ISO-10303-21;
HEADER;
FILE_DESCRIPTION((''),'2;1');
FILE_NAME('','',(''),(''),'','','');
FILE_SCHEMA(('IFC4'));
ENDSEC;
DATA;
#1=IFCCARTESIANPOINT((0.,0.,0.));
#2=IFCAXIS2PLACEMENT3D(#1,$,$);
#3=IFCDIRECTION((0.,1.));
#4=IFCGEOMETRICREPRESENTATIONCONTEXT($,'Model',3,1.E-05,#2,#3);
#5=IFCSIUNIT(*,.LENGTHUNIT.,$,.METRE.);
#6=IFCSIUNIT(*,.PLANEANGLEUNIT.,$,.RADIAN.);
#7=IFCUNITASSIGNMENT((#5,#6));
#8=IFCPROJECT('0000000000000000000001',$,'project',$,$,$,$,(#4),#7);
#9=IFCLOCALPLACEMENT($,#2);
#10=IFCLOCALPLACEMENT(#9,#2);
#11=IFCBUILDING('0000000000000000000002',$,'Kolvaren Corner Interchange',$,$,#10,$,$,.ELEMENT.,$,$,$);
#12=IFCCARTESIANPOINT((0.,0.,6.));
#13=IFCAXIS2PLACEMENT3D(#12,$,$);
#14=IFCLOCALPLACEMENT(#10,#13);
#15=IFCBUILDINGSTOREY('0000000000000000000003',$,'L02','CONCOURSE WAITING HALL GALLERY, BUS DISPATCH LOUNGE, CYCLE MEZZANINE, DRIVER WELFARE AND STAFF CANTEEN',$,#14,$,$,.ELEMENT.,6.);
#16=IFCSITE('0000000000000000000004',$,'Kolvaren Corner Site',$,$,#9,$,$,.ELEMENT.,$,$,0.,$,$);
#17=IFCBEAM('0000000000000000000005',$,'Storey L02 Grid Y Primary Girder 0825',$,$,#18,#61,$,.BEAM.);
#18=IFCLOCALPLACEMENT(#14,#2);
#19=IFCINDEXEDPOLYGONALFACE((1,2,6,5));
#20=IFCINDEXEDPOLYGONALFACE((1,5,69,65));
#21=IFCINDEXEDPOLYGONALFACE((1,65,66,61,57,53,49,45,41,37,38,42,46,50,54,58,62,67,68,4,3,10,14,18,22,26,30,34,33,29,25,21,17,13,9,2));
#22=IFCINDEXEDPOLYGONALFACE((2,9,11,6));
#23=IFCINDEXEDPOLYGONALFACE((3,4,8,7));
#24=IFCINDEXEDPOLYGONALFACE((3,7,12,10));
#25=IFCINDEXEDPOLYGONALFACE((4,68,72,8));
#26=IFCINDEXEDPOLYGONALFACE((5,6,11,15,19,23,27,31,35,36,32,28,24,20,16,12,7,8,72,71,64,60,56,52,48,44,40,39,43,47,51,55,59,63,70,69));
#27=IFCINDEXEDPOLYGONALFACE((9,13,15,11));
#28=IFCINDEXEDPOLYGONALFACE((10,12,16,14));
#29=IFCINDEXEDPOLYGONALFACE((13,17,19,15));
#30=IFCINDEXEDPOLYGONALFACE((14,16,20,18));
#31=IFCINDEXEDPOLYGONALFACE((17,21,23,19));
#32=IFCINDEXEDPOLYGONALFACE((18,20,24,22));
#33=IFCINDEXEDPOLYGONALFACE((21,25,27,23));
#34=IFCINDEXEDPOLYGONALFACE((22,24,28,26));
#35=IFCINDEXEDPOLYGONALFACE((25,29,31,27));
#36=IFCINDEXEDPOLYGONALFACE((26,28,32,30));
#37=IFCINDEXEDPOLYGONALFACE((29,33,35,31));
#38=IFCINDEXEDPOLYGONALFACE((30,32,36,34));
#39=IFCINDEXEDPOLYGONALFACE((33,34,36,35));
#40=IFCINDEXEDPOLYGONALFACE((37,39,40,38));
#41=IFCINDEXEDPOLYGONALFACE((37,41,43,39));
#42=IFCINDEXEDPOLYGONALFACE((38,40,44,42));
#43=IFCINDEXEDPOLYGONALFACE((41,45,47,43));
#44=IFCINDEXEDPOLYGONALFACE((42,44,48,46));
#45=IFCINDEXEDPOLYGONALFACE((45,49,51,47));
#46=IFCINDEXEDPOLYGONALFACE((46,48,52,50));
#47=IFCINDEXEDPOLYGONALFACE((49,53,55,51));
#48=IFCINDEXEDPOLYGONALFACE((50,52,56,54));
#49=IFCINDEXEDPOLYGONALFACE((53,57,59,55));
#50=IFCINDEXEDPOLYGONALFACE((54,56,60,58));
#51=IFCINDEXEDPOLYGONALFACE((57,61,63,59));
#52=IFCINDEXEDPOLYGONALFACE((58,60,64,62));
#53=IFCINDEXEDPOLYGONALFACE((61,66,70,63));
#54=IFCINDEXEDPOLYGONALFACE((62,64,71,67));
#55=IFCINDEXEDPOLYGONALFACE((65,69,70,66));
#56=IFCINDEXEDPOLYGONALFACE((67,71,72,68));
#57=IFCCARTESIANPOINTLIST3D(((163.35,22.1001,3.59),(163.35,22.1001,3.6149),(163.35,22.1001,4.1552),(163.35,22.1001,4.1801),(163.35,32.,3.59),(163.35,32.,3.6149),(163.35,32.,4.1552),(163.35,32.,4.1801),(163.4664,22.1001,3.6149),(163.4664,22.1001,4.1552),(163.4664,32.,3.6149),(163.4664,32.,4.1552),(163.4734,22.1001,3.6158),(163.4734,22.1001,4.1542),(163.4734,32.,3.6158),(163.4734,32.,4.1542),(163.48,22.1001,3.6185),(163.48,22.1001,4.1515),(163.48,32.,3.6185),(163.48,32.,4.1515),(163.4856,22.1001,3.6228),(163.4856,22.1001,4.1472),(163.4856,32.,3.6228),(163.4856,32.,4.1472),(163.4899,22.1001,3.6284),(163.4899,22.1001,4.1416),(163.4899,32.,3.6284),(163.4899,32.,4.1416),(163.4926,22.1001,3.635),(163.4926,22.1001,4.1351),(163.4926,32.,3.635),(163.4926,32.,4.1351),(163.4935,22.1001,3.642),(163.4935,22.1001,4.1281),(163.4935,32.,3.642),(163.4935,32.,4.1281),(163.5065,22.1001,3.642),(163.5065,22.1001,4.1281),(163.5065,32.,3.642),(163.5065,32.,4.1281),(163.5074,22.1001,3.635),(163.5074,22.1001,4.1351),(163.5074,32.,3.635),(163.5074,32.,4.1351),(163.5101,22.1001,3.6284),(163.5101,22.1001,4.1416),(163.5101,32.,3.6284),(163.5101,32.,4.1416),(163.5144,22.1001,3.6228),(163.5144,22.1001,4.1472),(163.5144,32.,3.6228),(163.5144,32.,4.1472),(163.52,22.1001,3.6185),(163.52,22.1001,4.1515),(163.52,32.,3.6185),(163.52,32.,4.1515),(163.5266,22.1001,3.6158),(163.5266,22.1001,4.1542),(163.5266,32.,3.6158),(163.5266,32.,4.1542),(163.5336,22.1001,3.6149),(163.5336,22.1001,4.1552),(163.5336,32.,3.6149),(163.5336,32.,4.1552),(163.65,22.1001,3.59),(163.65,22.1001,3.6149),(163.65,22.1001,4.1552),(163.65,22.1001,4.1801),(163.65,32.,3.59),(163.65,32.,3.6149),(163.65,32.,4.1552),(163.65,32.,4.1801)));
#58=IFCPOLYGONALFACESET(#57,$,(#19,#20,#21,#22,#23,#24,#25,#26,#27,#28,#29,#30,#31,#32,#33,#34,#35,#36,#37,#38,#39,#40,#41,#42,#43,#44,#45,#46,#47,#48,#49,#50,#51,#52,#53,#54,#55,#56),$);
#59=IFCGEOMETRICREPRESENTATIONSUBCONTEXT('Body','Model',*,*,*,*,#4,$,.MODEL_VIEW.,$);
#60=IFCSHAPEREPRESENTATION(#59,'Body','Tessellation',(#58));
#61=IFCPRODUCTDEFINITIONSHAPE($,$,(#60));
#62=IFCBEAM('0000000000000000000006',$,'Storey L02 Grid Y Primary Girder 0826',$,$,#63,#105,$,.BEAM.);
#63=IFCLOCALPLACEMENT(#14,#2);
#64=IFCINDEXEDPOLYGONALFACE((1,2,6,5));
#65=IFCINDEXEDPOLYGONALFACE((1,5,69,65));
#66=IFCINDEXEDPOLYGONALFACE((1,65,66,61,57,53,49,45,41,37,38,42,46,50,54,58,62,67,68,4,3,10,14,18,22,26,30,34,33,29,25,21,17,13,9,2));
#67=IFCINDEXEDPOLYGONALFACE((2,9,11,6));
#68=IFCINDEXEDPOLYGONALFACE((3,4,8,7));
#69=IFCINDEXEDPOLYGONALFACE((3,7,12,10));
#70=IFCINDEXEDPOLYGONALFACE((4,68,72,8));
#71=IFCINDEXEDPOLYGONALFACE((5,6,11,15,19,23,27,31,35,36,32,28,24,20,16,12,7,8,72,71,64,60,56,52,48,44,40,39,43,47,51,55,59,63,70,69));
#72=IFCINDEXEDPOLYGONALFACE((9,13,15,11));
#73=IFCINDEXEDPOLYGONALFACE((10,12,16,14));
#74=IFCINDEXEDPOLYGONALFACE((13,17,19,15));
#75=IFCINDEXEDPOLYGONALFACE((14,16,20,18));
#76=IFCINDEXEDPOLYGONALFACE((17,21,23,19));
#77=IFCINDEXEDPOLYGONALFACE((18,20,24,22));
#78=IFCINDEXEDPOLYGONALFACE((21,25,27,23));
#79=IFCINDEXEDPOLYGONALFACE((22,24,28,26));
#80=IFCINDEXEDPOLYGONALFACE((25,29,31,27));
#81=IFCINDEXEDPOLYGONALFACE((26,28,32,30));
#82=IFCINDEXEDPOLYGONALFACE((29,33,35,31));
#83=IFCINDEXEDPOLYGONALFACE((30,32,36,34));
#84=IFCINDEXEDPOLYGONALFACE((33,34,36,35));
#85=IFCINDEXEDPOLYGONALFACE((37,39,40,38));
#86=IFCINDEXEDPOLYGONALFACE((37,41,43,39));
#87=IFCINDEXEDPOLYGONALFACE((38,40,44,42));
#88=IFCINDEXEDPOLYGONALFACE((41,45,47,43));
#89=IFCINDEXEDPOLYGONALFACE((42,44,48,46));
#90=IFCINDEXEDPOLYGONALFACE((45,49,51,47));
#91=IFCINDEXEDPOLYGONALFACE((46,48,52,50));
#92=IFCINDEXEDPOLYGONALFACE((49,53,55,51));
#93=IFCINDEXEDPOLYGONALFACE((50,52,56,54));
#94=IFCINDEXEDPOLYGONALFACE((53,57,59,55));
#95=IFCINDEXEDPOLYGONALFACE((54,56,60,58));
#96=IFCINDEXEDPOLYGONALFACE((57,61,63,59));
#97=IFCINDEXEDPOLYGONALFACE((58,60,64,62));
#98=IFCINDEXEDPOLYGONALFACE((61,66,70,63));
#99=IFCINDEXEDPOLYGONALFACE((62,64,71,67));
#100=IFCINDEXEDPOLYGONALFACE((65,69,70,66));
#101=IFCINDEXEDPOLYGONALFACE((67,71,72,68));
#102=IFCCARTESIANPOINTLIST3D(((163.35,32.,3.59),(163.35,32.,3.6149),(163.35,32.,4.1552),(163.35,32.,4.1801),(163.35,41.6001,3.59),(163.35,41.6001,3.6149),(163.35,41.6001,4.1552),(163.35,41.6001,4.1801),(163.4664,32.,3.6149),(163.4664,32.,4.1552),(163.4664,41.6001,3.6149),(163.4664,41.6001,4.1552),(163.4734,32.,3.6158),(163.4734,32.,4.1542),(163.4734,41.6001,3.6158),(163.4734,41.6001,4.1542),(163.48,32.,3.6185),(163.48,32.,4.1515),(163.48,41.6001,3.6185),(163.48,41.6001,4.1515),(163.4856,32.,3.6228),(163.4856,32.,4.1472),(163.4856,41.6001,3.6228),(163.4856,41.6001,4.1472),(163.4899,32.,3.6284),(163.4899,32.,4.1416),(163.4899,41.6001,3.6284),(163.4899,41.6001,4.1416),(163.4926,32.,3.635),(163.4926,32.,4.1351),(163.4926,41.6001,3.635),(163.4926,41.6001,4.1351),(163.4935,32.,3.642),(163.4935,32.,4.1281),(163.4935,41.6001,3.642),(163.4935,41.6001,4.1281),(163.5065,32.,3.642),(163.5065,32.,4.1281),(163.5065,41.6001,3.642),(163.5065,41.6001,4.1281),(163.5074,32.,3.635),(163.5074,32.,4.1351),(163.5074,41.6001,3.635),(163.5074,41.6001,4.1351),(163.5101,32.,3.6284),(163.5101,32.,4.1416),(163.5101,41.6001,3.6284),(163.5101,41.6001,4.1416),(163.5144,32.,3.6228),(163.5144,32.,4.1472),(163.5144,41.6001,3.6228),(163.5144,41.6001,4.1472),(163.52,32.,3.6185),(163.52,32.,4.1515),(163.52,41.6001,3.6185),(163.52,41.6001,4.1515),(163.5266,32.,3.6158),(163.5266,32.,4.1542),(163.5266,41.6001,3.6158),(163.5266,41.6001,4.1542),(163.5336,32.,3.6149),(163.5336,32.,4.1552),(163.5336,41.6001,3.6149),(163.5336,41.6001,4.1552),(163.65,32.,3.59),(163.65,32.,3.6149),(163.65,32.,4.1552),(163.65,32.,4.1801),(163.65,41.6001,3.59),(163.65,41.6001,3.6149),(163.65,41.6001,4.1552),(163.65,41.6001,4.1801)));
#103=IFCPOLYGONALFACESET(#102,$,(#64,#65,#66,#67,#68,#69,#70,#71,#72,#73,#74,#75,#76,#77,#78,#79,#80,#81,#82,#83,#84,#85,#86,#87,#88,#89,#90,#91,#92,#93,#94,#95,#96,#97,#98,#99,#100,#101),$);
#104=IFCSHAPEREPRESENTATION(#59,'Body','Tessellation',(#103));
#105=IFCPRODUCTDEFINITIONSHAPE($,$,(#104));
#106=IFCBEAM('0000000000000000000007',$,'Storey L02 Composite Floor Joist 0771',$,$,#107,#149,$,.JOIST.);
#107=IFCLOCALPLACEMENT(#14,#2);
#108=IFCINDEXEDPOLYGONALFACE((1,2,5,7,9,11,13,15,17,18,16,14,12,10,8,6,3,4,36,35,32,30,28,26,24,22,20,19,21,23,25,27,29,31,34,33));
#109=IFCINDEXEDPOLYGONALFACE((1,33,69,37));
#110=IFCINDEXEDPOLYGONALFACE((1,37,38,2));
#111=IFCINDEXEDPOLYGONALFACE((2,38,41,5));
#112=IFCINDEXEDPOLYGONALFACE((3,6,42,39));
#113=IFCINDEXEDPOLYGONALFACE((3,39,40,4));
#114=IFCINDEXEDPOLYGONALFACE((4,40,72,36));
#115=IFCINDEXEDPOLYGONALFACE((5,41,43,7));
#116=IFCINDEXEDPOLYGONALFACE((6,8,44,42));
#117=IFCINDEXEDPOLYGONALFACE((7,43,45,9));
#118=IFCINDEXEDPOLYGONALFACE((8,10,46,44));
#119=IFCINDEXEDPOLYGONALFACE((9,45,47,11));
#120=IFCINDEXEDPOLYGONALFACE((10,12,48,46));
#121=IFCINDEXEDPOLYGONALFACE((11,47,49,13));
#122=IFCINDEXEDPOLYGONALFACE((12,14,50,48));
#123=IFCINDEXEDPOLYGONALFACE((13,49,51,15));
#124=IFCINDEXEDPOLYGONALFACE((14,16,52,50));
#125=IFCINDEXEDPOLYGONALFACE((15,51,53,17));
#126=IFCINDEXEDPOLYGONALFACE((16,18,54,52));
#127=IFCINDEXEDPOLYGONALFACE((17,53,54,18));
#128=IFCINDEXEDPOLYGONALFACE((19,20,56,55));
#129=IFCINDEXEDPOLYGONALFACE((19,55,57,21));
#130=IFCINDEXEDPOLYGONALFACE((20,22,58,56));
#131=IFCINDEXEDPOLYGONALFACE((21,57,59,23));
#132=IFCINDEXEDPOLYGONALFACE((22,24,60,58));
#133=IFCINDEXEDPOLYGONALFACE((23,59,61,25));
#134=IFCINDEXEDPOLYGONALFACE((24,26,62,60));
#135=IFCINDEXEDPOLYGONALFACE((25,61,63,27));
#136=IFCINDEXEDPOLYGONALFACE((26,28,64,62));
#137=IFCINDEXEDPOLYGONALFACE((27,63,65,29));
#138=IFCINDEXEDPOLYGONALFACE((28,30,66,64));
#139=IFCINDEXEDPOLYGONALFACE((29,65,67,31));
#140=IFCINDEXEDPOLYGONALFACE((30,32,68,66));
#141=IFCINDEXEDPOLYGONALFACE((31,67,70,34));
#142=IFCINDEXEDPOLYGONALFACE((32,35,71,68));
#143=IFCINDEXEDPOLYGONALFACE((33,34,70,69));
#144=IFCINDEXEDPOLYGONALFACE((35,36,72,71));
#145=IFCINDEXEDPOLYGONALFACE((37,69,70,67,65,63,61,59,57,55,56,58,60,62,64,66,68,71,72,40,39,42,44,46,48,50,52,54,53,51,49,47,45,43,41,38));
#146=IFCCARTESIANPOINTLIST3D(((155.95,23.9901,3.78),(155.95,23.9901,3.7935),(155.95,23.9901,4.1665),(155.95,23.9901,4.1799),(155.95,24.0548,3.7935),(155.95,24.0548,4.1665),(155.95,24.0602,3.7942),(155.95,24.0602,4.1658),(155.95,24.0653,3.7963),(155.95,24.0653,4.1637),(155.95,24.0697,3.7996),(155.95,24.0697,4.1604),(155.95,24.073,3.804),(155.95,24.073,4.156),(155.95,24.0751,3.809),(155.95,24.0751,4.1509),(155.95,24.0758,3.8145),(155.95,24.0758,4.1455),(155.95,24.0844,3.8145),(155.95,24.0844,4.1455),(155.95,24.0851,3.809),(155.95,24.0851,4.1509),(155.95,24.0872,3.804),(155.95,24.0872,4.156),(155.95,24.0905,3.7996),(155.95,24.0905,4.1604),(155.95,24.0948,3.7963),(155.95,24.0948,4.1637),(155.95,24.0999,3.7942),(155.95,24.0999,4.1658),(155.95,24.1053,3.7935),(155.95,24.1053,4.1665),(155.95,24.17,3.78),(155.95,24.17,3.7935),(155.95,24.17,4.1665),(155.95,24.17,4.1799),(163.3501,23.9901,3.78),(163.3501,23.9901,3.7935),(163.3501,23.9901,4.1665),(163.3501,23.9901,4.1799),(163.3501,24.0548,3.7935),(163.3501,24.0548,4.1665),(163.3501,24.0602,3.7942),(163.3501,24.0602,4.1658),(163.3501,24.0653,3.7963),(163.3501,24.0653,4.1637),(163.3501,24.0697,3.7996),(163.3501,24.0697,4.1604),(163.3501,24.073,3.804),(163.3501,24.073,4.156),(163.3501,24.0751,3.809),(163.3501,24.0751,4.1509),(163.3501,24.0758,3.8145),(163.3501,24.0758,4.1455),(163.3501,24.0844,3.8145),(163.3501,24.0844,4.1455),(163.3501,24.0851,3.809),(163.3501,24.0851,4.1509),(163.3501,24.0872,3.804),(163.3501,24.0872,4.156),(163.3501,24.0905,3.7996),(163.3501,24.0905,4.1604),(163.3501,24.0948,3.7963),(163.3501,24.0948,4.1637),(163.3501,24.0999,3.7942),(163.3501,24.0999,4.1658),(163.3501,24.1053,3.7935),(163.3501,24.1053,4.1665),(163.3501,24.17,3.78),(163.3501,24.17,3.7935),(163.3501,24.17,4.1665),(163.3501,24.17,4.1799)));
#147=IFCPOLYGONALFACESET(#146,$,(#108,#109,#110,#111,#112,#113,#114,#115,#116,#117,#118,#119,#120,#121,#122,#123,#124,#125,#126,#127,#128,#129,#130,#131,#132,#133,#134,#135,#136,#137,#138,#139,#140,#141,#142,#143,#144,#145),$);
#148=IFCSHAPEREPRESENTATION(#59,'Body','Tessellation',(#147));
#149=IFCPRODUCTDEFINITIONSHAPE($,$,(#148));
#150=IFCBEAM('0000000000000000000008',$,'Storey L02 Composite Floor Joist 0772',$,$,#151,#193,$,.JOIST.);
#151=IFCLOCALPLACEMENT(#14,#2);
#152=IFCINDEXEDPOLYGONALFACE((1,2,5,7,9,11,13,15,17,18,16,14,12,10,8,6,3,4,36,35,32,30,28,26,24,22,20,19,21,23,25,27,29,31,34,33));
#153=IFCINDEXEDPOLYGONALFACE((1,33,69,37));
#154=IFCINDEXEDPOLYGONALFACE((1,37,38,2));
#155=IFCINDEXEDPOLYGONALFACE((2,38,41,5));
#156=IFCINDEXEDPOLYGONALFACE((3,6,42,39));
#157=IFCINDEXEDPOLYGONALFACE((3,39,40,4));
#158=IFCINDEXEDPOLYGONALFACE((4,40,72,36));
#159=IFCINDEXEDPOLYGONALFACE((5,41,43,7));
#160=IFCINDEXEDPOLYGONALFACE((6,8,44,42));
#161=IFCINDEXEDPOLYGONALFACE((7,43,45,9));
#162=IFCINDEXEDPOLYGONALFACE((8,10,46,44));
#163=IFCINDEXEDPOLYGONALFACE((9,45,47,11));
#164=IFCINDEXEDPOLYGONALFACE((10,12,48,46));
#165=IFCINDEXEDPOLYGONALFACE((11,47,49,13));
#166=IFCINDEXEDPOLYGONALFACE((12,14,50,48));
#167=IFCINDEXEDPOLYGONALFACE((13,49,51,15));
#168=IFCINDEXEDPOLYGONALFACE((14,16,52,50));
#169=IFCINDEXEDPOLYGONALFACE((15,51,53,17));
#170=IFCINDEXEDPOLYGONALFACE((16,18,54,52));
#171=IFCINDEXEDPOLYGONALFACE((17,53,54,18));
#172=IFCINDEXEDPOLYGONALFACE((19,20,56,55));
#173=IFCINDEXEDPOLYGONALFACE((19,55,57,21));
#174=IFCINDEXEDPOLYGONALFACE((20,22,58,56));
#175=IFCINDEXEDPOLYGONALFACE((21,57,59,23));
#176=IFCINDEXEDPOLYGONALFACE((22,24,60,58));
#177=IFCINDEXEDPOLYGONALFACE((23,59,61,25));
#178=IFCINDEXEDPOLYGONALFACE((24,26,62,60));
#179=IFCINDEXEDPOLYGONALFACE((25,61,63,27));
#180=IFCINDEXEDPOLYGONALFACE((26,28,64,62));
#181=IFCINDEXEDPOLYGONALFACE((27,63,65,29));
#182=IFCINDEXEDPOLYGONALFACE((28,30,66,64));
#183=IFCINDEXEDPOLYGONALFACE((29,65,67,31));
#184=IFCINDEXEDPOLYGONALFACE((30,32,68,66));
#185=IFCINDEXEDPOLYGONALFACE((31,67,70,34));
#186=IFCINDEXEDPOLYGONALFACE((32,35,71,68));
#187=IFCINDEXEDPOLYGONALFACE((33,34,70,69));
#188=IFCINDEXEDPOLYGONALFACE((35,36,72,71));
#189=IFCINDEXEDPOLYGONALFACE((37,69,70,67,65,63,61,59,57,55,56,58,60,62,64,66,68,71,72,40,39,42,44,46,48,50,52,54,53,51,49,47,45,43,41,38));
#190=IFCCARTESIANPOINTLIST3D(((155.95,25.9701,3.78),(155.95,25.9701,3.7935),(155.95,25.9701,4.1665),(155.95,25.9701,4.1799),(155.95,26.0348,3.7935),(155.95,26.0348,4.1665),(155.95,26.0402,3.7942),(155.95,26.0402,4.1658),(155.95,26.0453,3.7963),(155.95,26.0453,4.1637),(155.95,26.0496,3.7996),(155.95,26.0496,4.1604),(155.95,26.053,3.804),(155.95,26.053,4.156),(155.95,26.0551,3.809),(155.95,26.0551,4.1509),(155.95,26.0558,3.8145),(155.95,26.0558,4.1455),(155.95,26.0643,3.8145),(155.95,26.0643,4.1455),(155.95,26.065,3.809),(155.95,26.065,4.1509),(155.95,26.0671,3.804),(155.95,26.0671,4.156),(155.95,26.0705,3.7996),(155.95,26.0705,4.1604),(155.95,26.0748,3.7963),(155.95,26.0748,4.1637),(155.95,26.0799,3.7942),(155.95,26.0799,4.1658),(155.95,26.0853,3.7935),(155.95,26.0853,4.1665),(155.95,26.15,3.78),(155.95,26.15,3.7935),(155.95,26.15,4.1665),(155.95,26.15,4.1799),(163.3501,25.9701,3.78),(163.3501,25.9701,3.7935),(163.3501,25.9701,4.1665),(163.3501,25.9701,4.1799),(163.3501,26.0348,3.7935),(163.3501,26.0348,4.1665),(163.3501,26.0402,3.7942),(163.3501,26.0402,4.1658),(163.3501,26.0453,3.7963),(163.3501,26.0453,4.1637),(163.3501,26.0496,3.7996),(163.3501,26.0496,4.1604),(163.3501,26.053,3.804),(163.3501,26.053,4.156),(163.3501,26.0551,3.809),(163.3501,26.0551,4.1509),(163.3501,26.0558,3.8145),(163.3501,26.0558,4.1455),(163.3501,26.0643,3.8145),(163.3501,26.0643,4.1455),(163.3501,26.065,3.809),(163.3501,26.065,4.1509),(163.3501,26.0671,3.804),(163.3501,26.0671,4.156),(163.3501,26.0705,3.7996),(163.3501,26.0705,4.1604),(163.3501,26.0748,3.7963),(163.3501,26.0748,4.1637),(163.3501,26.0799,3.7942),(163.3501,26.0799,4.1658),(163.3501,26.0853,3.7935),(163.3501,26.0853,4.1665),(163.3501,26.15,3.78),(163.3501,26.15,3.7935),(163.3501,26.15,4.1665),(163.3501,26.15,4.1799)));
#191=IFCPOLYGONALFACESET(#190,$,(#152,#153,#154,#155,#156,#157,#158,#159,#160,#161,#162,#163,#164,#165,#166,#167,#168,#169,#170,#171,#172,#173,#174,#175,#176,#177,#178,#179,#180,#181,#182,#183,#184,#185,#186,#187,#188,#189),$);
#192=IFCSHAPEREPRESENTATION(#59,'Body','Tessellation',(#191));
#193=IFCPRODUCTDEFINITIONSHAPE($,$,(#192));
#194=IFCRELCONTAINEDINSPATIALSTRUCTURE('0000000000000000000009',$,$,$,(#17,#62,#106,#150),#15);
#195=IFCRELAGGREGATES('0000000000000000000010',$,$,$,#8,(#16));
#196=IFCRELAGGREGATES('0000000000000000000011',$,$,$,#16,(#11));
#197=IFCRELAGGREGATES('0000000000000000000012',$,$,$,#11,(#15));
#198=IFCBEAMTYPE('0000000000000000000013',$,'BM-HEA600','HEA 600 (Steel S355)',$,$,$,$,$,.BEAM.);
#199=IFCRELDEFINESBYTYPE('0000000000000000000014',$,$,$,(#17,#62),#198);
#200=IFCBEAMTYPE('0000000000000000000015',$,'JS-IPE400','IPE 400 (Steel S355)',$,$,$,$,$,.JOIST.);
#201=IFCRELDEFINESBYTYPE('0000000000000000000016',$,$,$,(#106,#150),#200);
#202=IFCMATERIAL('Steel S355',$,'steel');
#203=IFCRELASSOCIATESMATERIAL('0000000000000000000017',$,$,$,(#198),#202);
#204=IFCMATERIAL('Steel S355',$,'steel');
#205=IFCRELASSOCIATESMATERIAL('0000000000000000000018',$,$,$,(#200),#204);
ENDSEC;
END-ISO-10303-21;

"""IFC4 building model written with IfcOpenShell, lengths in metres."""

from ifc_helpers import new_model, si_unit, direction, frame, origin, origin_2d, place, context, subcontext, project, spatial, i_section, extrude, material, material_profile, profile_set, type_object, element, save


model = new_model("IFC4")

# Units and contexts
model_context = context("Model", 3, precision=1e-05, world=origin(), true_north=direction((0.0, 1.0)))
body_context = subcontext(model_context, "Body", "Model", "MODEL_VIEW")
ifc_project = project(units=[si_unit("LENGTHUNIT", "METRE"), si_unit("PLANEANGLEUNIT", "RADIAN")], contexts=[model_context])

# Site, building, storey
site_placement = place(None, origin())
site = spatial("IfcSite", under=ifc_project, at=site_placement, Name="Kolvaren Corner Site", CompositionType="ELEMENT", RefElevation=0.0)
building_placement = place(site_placement, origin())
building = spatial("IfcBuilding", under=site, at=building_placement, Name="Kolvaren Corner Interchange", CompositionType="ELEMENT")
storey_placement = place(building_placement, frame((0.0, 0.0, 6.0)))
storey = spatial("IfcBuildingStorey", under=building, at=storey_placement, Name="L02", Description="CONCOURSE WAITING HALL GALLERY, BUS DISPATCH LOUNGE, CYCLE MEZZANINE, DRIVER WELFARE AND STAFF CANTEEN", CompositionType="ELEMENT", Elevation=6.0)

# Beams
ifc_material_1 = material(Name="Steel S355", Category="steel")
ifc_material_profile_1 = material_profile(ifc_material_1, i_section(OverallWidth=0.3, OverallDepth=0.5901, WebThickness=0.0129, FlangeThickness=0.0249, FilletRadius=0.0271, at=origin_2d()), Name="HEA 600")
ifc_profile_set_1 = profile_set([ifc_material_profile_1], Name="Steel S355")
beam_type_1 = type_object("IfcBeamType", Name="BM-HEA600", Description="HEA 600 (Steel S355)", PredefinedType="BEAM", material=ifc_profile_set_1)
beam_1_placement = place(storey_placement, frame((163.5, 22.1001, 3.885), z_axis=(0.0, 1.0, 0.0), x_axis=(-1.0, 0.0, 0.0)))
element("IfcBeam", 1, at=beam_1_placement, inside=storey, type_object=beam_type_1, Name="Storey L02 Grid Y Primary Girder 0825", PredefinedType="BEAM", context=body_context, shape_type="SweptSolid", body=[
    extrude(i_section(OverallWidth=0.3, OverallDepth=0.5901, WebThickness=0.0129, FlangeThickness=0.0249, FilletRadius=0.0271, at=origin_2d()), origin(), (0.0, 0.0, 1.0), 9.8999),
])
beam_2_placement = place(storey_placement, frame((163.5, 32.0, 3.885), z_axis=(0.0, 1.0, 0.0), x_axis=(-1.0, 0.0, 0.0)))
element("IfcBeam", 2, at=beam_2_placement, inside=storey, type_object=beam_type_1, Name="Storey L02 Grid Y Primary Girder 0826", PredefinedType="BEAM", context=body_context, shape_type="SweptSolid", body=[
    extrude(i_section(OverallWidth=0.3, OverallDepth=0.5901, WebThickness=0.0129, FlangeThickness=0.0249, FilletRadius=0.0271, at=origin_2d()), origin(), (0.0, 0.0, 1.0), 9.6001),
])
ifc_material_2 = material(Name="Steel S355", Category="steel")
ifc_material_profile_2 = material_profile(ifc_material_2, i_section(OverallWidth=0.1799, OverallDepth=0.3999, WebThickness=0.0085, FlangeThickness=0.0134, FilletRadius=0.021, at=origin_2d()), Name="IPE 400")
ifc_profile_set_2 = profile_set([ifc_material_profile_2], Name="Steel S355")
beam_type_2 = type_object("IfcBeamType", Name="JS-IPE400", Description="IPE 400 (Steel S355)", PredefinedType="JOIST", material=ifc_profile_set_2)
for number, where, z_axis, x_axis, name in (
    (3, (155.95, 24.0801, 3.98), (1.0, 0.0, 0.0), (0.0, 1.0, 0.0), "Storey L02 Composite Floor Joist 0771"),
    (4, (155.95, 26.0601, 3.98), (1.0, 0.0, 0.0), (0.0, 1.0, 0.0), "Storey L02 Composite Floor Joist 0772"),
):
    element("IfcBeam", number, at=place(storey_placement, frame(where, z_axis=z_axis, x_axis=x_axis)), inside=storey, type_object=beam_type_2, Name=name, PredefinedType="JOIST", context=body_context, shape_type="SweptSolid", body=[
        extrude(i_section(OverallWidth=0.1799, OverallDepth=0.3999, WebThickness=0.0085, FlangeThickness=0.0134, FilletRadius=0.021, at=origin_2d()), origin(), (0.0, 0.0, 1.0), 7.4001),
    ])

save(model, "model.ifc")
